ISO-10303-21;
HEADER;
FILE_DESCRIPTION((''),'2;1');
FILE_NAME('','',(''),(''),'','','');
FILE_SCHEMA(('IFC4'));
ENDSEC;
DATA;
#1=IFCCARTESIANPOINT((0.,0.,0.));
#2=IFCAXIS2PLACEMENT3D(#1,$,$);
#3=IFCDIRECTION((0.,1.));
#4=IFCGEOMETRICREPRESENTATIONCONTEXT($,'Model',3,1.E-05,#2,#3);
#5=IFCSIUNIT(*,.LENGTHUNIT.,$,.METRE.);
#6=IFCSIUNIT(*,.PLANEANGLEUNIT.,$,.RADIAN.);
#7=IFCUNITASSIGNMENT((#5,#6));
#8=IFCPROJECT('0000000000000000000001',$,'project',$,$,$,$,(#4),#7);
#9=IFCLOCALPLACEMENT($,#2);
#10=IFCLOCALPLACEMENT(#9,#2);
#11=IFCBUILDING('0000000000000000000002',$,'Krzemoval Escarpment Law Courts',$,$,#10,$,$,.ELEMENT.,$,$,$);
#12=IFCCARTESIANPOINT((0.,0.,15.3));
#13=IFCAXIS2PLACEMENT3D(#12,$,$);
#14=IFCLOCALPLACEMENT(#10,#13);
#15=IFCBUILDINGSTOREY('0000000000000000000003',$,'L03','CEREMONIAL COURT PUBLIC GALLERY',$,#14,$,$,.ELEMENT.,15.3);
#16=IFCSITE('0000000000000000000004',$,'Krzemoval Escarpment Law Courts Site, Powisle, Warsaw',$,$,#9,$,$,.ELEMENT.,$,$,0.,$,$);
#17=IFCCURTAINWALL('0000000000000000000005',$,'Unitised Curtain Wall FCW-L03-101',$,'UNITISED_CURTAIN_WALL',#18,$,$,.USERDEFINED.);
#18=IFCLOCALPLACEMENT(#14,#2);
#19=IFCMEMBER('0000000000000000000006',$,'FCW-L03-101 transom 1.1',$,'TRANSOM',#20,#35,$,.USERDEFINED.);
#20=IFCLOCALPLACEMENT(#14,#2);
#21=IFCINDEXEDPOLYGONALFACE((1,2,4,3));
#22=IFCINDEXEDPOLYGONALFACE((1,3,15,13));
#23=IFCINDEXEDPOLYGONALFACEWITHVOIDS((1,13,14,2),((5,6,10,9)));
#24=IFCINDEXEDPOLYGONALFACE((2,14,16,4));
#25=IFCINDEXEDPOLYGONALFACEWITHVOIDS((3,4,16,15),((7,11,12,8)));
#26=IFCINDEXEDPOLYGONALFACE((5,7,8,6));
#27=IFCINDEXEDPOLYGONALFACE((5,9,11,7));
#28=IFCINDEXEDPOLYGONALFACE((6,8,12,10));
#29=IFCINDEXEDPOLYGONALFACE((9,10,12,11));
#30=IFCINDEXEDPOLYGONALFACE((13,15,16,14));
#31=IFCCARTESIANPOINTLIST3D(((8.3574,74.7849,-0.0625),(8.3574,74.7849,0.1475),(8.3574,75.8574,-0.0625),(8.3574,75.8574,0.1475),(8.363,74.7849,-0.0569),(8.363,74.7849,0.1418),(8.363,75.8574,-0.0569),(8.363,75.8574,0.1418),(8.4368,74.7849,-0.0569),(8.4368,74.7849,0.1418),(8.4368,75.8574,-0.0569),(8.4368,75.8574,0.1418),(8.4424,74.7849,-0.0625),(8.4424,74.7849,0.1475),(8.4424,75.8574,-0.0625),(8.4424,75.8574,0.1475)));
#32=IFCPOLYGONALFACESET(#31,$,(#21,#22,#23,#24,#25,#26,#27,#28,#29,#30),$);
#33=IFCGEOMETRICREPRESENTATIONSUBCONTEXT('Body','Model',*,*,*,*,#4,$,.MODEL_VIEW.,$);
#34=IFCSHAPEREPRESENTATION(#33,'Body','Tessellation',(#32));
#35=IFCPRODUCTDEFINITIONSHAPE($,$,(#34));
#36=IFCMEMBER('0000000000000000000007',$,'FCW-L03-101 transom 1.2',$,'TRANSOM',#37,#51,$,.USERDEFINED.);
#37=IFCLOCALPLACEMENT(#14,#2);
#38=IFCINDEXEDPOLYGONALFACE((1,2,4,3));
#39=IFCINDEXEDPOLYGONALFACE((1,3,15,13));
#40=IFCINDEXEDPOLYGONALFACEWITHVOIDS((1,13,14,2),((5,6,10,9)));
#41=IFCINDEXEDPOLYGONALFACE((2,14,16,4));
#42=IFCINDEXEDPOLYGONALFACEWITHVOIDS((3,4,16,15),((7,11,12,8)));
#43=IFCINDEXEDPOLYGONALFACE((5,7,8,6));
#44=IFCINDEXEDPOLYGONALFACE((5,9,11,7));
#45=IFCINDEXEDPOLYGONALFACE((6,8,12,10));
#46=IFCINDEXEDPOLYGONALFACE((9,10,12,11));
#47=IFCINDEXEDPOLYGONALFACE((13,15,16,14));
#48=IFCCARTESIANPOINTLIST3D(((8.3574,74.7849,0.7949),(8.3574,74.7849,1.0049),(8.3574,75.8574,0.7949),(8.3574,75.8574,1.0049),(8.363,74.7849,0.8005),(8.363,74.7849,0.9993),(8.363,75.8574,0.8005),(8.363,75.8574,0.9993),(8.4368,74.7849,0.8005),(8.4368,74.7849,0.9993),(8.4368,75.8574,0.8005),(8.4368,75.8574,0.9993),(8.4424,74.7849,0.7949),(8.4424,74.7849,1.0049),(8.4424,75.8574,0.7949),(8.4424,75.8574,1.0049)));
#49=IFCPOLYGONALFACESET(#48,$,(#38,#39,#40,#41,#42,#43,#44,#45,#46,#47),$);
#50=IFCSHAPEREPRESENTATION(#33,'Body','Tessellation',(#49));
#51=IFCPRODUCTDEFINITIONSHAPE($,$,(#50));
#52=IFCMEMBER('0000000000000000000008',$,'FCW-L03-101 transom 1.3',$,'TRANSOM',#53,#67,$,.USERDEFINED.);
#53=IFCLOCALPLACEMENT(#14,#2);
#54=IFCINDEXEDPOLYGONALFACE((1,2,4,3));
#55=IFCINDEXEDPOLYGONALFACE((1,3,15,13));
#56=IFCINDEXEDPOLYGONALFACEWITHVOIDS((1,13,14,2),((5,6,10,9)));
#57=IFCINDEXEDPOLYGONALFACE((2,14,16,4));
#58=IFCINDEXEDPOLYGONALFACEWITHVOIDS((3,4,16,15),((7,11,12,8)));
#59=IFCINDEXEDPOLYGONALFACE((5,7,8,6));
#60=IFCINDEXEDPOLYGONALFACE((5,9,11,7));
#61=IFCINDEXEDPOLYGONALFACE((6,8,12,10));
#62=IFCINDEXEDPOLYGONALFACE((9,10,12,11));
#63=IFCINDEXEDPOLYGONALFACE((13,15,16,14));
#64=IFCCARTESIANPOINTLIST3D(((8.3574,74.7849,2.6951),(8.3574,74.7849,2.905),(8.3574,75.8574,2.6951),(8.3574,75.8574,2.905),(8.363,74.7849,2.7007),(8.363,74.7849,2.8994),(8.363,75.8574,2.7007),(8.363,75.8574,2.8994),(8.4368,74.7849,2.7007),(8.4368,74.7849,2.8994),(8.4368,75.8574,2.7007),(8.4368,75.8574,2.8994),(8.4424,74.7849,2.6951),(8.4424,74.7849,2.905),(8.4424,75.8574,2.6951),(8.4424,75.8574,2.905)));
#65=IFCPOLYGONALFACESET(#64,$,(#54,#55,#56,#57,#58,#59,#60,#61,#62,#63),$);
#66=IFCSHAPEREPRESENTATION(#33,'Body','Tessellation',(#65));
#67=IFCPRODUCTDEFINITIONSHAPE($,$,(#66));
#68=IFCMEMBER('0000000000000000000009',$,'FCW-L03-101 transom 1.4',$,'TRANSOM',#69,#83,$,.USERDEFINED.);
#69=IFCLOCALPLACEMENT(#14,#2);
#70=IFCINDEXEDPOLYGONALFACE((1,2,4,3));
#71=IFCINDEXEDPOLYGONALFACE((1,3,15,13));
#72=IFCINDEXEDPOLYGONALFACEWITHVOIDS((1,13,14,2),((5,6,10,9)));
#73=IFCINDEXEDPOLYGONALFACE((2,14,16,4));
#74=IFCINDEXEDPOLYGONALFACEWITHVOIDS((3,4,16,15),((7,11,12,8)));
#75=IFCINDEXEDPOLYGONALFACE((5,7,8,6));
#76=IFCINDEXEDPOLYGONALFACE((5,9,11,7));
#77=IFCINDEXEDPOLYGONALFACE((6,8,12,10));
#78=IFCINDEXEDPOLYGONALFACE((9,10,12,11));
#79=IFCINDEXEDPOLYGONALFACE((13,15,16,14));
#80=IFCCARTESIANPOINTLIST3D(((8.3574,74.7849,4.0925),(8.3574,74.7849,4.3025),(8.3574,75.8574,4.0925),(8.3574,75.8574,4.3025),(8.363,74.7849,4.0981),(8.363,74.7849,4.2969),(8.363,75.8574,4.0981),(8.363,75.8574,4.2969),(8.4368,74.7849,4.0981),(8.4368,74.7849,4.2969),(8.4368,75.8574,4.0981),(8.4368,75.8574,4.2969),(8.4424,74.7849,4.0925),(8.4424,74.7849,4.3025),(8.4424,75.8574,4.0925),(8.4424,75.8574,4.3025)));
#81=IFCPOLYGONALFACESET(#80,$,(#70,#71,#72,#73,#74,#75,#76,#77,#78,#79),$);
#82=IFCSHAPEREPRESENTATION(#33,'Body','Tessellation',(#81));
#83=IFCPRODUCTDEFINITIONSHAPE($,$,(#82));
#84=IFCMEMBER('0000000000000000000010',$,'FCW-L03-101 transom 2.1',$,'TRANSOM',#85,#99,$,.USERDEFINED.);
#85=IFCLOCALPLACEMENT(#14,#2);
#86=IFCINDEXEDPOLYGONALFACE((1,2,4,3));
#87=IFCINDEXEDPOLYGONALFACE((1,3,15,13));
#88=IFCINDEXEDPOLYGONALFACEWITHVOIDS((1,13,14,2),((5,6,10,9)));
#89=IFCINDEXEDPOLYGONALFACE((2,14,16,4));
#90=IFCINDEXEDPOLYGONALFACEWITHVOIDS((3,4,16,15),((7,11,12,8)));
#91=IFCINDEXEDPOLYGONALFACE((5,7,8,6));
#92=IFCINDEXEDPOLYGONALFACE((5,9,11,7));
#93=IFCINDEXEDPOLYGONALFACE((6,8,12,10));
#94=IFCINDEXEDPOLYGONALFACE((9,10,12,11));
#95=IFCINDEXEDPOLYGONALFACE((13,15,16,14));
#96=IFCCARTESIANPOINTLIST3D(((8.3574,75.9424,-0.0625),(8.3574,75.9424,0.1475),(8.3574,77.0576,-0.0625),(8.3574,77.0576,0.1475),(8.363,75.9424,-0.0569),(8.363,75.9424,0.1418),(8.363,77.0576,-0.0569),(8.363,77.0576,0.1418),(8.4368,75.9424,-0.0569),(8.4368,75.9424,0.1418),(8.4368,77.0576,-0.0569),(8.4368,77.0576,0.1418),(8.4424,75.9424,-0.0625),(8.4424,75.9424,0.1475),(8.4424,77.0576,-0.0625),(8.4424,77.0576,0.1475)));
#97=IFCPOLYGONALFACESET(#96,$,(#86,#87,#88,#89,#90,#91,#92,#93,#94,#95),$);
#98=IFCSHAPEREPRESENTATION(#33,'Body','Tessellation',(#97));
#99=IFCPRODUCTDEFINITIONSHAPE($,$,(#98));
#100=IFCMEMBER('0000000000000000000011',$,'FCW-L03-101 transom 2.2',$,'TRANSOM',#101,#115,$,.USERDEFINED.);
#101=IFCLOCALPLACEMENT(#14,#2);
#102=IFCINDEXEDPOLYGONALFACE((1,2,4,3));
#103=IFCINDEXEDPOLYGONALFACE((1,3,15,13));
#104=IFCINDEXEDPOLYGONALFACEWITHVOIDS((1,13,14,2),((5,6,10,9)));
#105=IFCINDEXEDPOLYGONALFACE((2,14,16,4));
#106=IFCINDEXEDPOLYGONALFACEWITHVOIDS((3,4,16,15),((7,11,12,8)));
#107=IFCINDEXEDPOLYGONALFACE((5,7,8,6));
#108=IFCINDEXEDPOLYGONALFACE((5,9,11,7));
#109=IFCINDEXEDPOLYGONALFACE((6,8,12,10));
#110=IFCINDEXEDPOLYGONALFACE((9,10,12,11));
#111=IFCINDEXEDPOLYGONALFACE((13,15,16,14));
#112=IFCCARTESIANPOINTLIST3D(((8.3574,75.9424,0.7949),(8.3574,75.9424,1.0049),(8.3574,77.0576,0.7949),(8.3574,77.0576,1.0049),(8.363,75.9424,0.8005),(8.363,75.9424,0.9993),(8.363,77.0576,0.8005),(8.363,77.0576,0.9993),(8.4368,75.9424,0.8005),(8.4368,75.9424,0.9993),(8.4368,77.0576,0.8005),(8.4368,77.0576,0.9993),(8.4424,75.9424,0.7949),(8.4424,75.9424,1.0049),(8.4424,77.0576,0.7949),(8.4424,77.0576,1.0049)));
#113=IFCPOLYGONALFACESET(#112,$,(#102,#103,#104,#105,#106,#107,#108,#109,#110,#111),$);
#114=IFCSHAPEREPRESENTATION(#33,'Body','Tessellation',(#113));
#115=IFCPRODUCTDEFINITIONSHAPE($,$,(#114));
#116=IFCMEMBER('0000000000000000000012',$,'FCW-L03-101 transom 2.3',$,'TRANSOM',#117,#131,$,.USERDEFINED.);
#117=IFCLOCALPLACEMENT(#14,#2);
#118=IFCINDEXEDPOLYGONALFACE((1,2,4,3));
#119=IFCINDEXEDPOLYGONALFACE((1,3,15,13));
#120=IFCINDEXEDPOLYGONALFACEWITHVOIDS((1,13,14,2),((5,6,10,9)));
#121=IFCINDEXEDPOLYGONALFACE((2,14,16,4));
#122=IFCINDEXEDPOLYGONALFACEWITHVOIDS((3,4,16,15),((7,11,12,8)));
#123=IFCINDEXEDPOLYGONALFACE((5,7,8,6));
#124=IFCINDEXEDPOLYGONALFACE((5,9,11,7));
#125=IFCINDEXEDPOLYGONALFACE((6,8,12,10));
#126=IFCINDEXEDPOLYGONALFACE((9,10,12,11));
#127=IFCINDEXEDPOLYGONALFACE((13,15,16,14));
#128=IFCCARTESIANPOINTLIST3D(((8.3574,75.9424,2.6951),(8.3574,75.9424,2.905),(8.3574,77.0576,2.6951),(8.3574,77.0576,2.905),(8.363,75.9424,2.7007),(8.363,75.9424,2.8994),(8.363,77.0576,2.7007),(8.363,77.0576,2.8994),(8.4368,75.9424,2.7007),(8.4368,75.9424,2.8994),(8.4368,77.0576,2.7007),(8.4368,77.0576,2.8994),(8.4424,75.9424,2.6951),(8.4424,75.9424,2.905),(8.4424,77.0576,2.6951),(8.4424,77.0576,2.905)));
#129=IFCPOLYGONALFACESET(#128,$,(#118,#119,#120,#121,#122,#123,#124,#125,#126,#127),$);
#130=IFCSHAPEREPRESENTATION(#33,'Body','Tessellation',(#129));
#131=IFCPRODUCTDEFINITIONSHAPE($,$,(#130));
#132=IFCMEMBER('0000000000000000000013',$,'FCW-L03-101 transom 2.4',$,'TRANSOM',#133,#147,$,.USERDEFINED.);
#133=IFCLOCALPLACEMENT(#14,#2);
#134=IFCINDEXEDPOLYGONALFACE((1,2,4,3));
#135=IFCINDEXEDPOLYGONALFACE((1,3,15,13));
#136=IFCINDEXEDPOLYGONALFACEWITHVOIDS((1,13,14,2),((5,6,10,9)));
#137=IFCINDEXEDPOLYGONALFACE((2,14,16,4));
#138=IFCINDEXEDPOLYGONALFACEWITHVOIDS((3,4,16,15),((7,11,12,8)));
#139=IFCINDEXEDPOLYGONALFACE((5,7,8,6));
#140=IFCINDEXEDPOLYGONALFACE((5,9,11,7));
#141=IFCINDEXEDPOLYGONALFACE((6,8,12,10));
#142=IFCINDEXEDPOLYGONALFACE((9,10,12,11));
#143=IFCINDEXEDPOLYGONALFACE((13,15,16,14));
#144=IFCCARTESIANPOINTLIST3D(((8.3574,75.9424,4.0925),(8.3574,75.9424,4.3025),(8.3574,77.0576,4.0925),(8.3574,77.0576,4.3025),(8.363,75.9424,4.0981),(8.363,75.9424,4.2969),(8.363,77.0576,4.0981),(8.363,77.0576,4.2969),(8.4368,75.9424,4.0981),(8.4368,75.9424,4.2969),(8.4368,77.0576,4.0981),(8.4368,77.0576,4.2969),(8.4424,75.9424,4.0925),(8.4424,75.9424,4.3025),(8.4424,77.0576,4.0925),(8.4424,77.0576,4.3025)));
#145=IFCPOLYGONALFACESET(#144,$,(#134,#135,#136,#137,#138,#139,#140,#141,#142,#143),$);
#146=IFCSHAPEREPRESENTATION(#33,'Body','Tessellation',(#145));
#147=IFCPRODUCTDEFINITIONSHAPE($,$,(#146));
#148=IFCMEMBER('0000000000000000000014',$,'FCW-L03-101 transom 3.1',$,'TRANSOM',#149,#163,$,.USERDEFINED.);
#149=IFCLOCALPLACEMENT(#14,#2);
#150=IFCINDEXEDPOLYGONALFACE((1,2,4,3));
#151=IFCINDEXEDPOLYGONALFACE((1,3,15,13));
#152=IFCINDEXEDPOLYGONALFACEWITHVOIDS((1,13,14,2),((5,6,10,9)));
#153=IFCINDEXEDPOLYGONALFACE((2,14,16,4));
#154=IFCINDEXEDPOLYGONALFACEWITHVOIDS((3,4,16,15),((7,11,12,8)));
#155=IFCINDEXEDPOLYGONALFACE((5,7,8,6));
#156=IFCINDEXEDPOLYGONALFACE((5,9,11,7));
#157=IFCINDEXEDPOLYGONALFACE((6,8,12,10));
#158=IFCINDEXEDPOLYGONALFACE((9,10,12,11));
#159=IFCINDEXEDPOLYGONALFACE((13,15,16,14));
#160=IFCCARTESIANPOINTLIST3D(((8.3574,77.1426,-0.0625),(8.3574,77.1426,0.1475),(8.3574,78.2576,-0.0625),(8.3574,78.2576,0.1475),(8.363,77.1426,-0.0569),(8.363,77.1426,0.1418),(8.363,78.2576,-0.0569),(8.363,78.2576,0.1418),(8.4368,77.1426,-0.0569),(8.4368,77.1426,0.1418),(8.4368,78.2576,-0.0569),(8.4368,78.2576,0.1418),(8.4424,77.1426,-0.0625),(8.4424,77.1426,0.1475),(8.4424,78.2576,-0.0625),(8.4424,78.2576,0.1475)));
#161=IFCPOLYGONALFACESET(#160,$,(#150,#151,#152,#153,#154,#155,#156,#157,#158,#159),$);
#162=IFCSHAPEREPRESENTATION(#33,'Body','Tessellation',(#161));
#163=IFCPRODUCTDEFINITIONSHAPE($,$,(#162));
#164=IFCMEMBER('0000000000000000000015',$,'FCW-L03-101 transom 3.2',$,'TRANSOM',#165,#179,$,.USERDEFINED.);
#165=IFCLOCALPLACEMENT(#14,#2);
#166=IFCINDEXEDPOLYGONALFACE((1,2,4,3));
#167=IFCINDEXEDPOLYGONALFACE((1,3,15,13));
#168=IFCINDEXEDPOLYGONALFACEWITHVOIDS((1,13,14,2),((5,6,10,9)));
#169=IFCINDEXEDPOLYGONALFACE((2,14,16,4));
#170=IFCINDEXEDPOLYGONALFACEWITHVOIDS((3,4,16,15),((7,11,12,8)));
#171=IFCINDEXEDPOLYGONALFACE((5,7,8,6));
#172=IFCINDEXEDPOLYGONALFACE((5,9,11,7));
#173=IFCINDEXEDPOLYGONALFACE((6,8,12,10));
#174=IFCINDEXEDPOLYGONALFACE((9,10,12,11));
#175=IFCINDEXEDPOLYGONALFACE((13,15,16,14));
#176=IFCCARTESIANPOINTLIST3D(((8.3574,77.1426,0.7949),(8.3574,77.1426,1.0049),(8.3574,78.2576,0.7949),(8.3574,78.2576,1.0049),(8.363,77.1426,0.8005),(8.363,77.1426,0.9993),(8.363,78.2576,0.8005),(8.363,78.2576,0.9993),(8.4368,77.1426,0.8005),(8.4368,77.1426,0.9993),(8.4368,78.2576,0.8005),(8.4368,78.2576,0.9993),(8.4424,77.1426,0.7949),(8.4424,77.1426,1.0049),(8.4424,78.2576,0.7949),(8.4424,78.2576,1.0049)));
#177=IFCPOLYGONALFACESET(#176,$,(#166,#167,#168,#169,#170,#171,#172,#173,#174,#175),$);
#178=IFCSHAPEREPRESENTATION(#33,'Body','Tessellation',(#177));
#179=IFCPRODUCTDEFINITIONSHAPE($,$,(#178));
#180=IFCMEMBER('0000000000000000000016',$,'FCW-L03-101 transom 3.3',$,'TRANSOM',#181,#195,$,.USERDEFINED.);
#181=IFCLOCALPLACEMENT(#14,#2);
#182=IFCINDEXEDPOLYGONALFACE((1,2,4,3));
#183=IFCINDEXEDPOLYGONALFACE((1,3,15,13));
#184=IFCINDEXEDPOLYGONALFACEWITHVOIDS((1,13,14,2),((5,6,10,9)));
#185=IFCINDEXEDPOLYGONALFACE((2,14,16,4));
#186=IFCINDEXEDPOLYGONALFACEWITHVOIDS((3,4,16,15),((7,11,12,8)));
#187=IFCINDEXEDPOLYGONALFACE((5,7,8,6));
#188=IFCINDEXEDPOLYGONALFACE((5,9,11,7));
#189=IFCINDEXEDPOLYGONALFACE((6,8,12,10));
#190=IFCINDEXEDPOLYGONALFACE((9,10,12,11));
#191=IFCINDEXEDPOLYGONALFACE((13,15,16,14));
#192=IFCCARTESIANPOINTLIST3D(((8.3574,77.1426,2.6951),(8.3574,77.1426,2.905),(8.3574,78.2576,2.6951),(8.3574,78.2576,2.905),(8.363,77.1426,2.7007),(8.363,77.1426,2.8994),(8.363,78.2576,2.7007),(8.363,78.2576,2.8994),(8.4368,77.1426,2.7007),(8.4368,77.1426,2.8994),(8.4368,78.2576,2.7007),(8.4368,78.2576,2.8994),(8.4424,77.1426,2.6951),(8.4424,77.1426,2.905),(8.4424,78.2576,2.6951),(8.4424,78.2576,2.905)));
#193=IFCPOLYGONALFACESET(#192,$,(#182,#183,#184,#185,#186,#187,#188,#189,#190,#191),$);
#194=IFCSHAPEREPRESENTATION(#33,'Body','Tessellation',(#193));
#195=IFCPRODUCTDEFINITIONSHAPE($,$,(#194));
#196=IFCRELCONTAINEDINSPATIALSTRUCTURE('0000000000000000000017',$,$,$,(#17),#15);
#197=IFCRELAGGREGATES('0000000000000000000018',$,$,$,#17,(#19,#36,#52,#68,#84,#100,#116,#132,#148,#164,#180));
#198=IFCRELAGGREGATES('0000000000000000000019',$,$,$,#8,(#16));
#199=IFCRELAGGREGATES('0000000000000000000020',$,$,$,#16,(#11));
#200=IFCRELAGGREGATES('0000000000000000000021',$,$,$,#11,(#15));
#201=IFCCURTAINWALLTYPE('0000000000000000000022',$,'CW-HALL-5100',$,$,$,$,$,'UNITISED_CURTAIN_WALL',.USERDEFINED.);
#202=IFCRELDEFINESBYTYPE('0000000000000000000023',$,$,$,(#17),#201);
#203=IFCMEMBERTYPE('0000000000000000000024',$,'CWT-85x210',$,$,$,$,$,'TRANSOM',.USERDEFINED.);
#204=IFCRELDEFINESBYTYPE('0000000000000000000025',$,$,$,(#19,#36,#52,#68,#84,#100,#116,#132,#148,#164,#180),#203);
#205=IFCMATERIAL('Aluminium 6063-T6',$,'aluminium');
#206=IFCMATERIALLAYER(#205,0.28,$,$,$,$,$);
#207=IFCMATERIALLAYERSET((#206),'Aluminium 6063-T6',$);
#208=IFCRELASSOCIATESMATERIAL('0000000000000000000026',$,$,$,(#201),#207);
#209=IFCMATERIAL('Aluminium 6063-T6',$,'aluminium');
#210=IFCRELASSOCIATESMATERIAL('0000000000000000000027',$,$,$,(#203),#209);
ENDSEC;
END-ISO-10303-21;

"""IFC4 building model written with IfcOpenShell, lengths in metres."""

from ifc_helpers import new_model, si_unit, direction, frame, origin, origin_2d, place, context, subcontext, project, spatial, hollow_rectangle, extrude, material, layer, layer_set, material_profile, profile_set, type_object, element, aggregate, save


model = new_model("IFC4")

# Units and contexts
model_context = context("Model", 3, precision=1e-05, world=origin(), true_north=direction((0.0, 1.0)))
body_context = subcontext(model_context, "Body", "Model", "MODEL_VIEW")
ifc_project = project(units=[si_unit("LENGTHUNIT", "METRE"), si_unit("PLANEANGLEUNIT", "RADIAN")], contexts=[model_context])

# Site, building, storey
site_placement = place(None, origin())
site = spatial("IfcSite", under=ifc_project, at=site_placement, Name="Krzemoval Escarpment Law Courts Site, Powisle, Warsaw", CompositionType="ELEMENT", RefElevation=0.0)
building_placement = place(site_placement, origin())
building = spatial("IfcBuilding", under=site, at=building_placement, Name="Krzemoval Escarpment Law Courts", CompositionType="ELEMENT")
storey_placement = place(building_placement, frame((0.0, 0.0, 15.3)))
storey = spatial("IfcBuildingStorey", under=building, at=storey_placement, Name="L03", Description="CEREMONIAL COURT PUBLIC GALLERY", CompositionType="ELEMENT", Elevation=15.3)

# Shared definitions
ifc_material_1 = material(Name="Aluminium 6063-T6", Category="aluminium")
ifc_layer_1 = layer(ifc_material_1, 0.28)
ifc_layer_set_1 = layer_set([ifc_layer_1], Name="Aluminium 6063-T6")
curtain_wall_type = type_object("IfcCurtainWallType", Name="CW-HALL-5100", ElementType="UNITISED_CURTAIN_WALL", PredefinedType="USERDEFINED", material=ifc_layer_set_1)

# Curtain wall
curtain_wall_1_placement = place(storey_placement, origin())
curtain_wall_1 = element("IfcCurtainWall", 1, at=curtain_wall_1_placement, inside=storey, type_object=curtain_wall_type, Name="Unitised Curtain Wall FCW-L03-101", ObjectType="UNITISED_CURTAIN_WALL", PredefinedType="USERDEFINED")

# Members
ifc_material_2 = material(Name="Aluminium 6063-T6", Category="aluminium")
ifc_material_profile_1 = material_profile(ifc_material_2, hollow_rectangle(XDim=0.085, YDim=0.21, WallThickness=0.0056, at=origin_2d()), Name="ALU T85x210")
ifc_profile_set_1 = profile_set([ifc_material_profile_1], Name="Aluminium 6063-T6")
member_type_1 = type_object("IfcMemberType", Name="CWT-85x210", ElementType="TRANSOM", PredefinedType="USERDEFINED", material=ifc_profile_set_1)
member_1_placement = place(storey_placement, frame((8.3999, 74.7849, 0.0425), z_axis=(0.0, 1.0, 0.0), x_axis=(-1.0, 0.0, 0.0)))
member_1 = element("IfcMember", 2, at=member_1_placement, type_object=member_type_1, Name="FCW-L03-101 transom 1.1", ObjectType="TRANSOM", PredefinedType="USERDEFINED", context=body_context, shape_type="SweptSolid", body=[
    extrude(hollow_rectangle(XDim=0.085, YDim=0.21, WallThickness=0.0056, at=origin_2d()), origin(), (0.0, 0.0, 1.0), 1.0725),
])
member_2_placement = place(storey_placement, frame((8.3999, 74.7849, 0.8999), z_axis=(0.0, 1.0, 0.0), x_axis=(-1.0, 0.0, 0.0)))
member_2 = element("IfcMember", 3, at=member_2_placement, type_object=member_type_1, Name="FCW-L03-101 transom 1.2", ObjectType="TRANSOM", PredefinedType="USERDEFINED", context=body_context, shape_type="SweptSolid", body=[
    extrude(hollow_rectangle(XDim=0.085, YDim=0.21, WallThickness=0.0056, at=origin_2d()), origin(), (0.0, 0.0, 1.0), 1.0725),
])
member_3_placement = place(storey_placement, frame((8.3999, 74.7849, 2.8), z_axis=(0.0, 1.0, 0.0), x_axis=(-1.0, 0.0, 0.0)))
member_3 = element("IfcMember", 4, at=member_3_placement, type_object=member_type_1, Name="FCW-L03-101 transom 1.3", ObjectType="TRANSOM", PredefinedType="USERDEFINED", context=body_context, shape_type="SweptSolid", body=[
    extrude(hollow_rectangle(XDim=0.085, YDim=0.21, WallThickness=0.0056, at=origin_2d()), origin(), (0.0, 0.0, 1.0), 1.0725),
])
member_4_placement = place(storey_placement, frame((8.3999, 74.7849, 4.1975), z_axis=(0.0, 1.0, 0.0), x_axis=(-1.0, 0.0, 0.0)))
member_4 = element("IfcMember", 5, at=member_4_placement, type_object=member_type_1, Name="FCW-L03-101 transom 1.4", ObjectType="TRANSOM", PredefinedType="USERDEFINED", context=body_context, shape_type="SweptSolid", body=[
    extrude(hollow_rectangle(XDim=0.085, YDim=0.21, WallThickness=0.0056, at=origin_2d()), origin(), (0.0, 0.0, 1.0), 1.0725),
])
member_5_placement = place(storey_placement, frame((8.3999, 75.9424, 0.0425), z_axis=(0.0, 1.0, 0.0), x_axis=(-1.0, 0.0, 0.0)))
member_5 = element("IfcMember", 6, at=member_5_placement, type_object=member_type_1, Name="FCW-L03-101 transom 2.1", ObjectType="TRANSOM", PredefinedType="USERDEFINED", context=body_context, shape_type="SweptSolid", body=[
    extrude(hollow_rectangle(XDim=0.085, YDim=0.21, WallThickness=0.0056, at=origin_2d()), origin(), (0.0, 0.0, 1.0), 1.1152),
])
member_6_placement = place(storey_placement, frame((8.3999, 75.9424, 0.8999), z_axis=(0.0, 1.0, 0.0), x_axis=(-1.0, 0.0, 0.0)))
member_6 = element("IfcMember", 7, at=member_6_placement, type_object=member_type_1, Name="FCW-L03-101 transom 2.2", ObjectType="TRANSOM", PredefinedType="USERDEFINED", context=body_context, shape_type="SweptSolid", body=[
    extrude(hollow_rectangle(XDim=0.085, YDim=0.21, WallThickness=0.0056, at=origin_2d()), origin(), (0.0, 0.0, 1.0), 1.1152),
])
member_7_placement = place(storey_placement, frame((8.3999, 75.9424, 2.8), z_axis=(0.0, 1.0, 0.0), x_axis=(-1.0, 0.0, 0.0)))
member_7 = element("IfcMember", 8, at=member_7_placement, type_object=member_type_1, Name="FCW-L03-101 transom 2.3", ObjectType="TRANSOM", PredefinedType="USERDEFINED", context=body_context, shape_type="SweptSolid", body=[
    extrude(hollow_rectangle(XDim=0.085, YDim=0.21, WallThickness=0.0056, at=origin_2d()), origin(), (0.0, 0.0, 1.0), 1.1152),
])
member_8_placement = place(storey_placement, frame((8.3999, 75.9424, 4.1975), z_axis=(0.0, 1.0, 0.0), x_axis=(-1.0, 0.0, 0.0)))
member_8 = element("IfcMember", 9, at=member_8_placement, type_object=member_type_1, Name="FCW-L03-101 transom 2.4", ObjectType="TRANSOM", PredefinedType="USERDEFINED", context=body_context, shape_type="SweptSolid", body=[
    extrude(hollow_rectangle(XDim=0.085, YDim=0.21, WallThickness=0.0056, at=origin_2d()), origin(), (0.0, 0.0, 1.0), 1.1152),
])
member_9_placement = place(storey_placement, frame((8.3999, 77.1426, 0.0425), z_axis=(0.0, 1.0, 0.0), x_axis=(-1.0, 0.0, 0.0)))
member_9 = element("IfcMember", 10, at=member_9_placement, type_object=member_type_1, Name="FCW-L03-101 transom 3.1", ObjectType="TRANSOM", PredefinedType="USERDEFINED", context=body_context, shape_type="SweptSolid", body=[
    extrude(hollow_rectangle(XDim=0.085, YDim=0.21, WallThickness=0.0056, at=origin_2d()), origin(), (0.0, 0.0, 1.0), 1.115),
])
member_10_placement = place(storey_placement, frame((8.3999, 77.1426, 0.8999), z_axis=(0.0, 1.0, 0.0), x_axis=(-1.0, 0.0, 0.0)))
member_10 = element("IfcMember", 11, at=member_10_placement, type_object=member_type_1, Name="FCW-L03-101 transom 3.2", ObjectType="TRANSOM", PredefinedType="USERDEFINED", context=body_context, shape_type="SweptSolid", body=[
    extrude(hollow_rectangle(XDim=0.085, YDim=0.21, WallThickness=0.0056, at=origin_2d()), origin(), (0.0, 0.0, 1.0), 1.115),
])
member_11_placement = place(storey_placement, frame((8.3999, 77.1426, 2.8), z_axis=(0.0, 1.0, 0.0), x_axis=(-1.0, 0.0, 0.0)))
member_11 = element("IfcMember", 12, at=member_11_placement, type_object=member_type_1, Name="FCW-L03-101 transom 3.3", ObjectType="TRANSOM", PredefinedType="USERDEFINED", context=body_context, shape_type="SweptSolid", body=[
    extrude(hollow_rectangle(XDim=0.085, YDim=0.21, WallThickness=0.0056, at=origin_2d()), origin(), (0.0, 0.0, 1.0), 1.115),
])

aggregate(curtain_wall_1, [member_1, member_2, member_3, member_4, member_5, member_6, member_7, member_8, member_9, member_10, member_11])

save(model, "model.ifc")
